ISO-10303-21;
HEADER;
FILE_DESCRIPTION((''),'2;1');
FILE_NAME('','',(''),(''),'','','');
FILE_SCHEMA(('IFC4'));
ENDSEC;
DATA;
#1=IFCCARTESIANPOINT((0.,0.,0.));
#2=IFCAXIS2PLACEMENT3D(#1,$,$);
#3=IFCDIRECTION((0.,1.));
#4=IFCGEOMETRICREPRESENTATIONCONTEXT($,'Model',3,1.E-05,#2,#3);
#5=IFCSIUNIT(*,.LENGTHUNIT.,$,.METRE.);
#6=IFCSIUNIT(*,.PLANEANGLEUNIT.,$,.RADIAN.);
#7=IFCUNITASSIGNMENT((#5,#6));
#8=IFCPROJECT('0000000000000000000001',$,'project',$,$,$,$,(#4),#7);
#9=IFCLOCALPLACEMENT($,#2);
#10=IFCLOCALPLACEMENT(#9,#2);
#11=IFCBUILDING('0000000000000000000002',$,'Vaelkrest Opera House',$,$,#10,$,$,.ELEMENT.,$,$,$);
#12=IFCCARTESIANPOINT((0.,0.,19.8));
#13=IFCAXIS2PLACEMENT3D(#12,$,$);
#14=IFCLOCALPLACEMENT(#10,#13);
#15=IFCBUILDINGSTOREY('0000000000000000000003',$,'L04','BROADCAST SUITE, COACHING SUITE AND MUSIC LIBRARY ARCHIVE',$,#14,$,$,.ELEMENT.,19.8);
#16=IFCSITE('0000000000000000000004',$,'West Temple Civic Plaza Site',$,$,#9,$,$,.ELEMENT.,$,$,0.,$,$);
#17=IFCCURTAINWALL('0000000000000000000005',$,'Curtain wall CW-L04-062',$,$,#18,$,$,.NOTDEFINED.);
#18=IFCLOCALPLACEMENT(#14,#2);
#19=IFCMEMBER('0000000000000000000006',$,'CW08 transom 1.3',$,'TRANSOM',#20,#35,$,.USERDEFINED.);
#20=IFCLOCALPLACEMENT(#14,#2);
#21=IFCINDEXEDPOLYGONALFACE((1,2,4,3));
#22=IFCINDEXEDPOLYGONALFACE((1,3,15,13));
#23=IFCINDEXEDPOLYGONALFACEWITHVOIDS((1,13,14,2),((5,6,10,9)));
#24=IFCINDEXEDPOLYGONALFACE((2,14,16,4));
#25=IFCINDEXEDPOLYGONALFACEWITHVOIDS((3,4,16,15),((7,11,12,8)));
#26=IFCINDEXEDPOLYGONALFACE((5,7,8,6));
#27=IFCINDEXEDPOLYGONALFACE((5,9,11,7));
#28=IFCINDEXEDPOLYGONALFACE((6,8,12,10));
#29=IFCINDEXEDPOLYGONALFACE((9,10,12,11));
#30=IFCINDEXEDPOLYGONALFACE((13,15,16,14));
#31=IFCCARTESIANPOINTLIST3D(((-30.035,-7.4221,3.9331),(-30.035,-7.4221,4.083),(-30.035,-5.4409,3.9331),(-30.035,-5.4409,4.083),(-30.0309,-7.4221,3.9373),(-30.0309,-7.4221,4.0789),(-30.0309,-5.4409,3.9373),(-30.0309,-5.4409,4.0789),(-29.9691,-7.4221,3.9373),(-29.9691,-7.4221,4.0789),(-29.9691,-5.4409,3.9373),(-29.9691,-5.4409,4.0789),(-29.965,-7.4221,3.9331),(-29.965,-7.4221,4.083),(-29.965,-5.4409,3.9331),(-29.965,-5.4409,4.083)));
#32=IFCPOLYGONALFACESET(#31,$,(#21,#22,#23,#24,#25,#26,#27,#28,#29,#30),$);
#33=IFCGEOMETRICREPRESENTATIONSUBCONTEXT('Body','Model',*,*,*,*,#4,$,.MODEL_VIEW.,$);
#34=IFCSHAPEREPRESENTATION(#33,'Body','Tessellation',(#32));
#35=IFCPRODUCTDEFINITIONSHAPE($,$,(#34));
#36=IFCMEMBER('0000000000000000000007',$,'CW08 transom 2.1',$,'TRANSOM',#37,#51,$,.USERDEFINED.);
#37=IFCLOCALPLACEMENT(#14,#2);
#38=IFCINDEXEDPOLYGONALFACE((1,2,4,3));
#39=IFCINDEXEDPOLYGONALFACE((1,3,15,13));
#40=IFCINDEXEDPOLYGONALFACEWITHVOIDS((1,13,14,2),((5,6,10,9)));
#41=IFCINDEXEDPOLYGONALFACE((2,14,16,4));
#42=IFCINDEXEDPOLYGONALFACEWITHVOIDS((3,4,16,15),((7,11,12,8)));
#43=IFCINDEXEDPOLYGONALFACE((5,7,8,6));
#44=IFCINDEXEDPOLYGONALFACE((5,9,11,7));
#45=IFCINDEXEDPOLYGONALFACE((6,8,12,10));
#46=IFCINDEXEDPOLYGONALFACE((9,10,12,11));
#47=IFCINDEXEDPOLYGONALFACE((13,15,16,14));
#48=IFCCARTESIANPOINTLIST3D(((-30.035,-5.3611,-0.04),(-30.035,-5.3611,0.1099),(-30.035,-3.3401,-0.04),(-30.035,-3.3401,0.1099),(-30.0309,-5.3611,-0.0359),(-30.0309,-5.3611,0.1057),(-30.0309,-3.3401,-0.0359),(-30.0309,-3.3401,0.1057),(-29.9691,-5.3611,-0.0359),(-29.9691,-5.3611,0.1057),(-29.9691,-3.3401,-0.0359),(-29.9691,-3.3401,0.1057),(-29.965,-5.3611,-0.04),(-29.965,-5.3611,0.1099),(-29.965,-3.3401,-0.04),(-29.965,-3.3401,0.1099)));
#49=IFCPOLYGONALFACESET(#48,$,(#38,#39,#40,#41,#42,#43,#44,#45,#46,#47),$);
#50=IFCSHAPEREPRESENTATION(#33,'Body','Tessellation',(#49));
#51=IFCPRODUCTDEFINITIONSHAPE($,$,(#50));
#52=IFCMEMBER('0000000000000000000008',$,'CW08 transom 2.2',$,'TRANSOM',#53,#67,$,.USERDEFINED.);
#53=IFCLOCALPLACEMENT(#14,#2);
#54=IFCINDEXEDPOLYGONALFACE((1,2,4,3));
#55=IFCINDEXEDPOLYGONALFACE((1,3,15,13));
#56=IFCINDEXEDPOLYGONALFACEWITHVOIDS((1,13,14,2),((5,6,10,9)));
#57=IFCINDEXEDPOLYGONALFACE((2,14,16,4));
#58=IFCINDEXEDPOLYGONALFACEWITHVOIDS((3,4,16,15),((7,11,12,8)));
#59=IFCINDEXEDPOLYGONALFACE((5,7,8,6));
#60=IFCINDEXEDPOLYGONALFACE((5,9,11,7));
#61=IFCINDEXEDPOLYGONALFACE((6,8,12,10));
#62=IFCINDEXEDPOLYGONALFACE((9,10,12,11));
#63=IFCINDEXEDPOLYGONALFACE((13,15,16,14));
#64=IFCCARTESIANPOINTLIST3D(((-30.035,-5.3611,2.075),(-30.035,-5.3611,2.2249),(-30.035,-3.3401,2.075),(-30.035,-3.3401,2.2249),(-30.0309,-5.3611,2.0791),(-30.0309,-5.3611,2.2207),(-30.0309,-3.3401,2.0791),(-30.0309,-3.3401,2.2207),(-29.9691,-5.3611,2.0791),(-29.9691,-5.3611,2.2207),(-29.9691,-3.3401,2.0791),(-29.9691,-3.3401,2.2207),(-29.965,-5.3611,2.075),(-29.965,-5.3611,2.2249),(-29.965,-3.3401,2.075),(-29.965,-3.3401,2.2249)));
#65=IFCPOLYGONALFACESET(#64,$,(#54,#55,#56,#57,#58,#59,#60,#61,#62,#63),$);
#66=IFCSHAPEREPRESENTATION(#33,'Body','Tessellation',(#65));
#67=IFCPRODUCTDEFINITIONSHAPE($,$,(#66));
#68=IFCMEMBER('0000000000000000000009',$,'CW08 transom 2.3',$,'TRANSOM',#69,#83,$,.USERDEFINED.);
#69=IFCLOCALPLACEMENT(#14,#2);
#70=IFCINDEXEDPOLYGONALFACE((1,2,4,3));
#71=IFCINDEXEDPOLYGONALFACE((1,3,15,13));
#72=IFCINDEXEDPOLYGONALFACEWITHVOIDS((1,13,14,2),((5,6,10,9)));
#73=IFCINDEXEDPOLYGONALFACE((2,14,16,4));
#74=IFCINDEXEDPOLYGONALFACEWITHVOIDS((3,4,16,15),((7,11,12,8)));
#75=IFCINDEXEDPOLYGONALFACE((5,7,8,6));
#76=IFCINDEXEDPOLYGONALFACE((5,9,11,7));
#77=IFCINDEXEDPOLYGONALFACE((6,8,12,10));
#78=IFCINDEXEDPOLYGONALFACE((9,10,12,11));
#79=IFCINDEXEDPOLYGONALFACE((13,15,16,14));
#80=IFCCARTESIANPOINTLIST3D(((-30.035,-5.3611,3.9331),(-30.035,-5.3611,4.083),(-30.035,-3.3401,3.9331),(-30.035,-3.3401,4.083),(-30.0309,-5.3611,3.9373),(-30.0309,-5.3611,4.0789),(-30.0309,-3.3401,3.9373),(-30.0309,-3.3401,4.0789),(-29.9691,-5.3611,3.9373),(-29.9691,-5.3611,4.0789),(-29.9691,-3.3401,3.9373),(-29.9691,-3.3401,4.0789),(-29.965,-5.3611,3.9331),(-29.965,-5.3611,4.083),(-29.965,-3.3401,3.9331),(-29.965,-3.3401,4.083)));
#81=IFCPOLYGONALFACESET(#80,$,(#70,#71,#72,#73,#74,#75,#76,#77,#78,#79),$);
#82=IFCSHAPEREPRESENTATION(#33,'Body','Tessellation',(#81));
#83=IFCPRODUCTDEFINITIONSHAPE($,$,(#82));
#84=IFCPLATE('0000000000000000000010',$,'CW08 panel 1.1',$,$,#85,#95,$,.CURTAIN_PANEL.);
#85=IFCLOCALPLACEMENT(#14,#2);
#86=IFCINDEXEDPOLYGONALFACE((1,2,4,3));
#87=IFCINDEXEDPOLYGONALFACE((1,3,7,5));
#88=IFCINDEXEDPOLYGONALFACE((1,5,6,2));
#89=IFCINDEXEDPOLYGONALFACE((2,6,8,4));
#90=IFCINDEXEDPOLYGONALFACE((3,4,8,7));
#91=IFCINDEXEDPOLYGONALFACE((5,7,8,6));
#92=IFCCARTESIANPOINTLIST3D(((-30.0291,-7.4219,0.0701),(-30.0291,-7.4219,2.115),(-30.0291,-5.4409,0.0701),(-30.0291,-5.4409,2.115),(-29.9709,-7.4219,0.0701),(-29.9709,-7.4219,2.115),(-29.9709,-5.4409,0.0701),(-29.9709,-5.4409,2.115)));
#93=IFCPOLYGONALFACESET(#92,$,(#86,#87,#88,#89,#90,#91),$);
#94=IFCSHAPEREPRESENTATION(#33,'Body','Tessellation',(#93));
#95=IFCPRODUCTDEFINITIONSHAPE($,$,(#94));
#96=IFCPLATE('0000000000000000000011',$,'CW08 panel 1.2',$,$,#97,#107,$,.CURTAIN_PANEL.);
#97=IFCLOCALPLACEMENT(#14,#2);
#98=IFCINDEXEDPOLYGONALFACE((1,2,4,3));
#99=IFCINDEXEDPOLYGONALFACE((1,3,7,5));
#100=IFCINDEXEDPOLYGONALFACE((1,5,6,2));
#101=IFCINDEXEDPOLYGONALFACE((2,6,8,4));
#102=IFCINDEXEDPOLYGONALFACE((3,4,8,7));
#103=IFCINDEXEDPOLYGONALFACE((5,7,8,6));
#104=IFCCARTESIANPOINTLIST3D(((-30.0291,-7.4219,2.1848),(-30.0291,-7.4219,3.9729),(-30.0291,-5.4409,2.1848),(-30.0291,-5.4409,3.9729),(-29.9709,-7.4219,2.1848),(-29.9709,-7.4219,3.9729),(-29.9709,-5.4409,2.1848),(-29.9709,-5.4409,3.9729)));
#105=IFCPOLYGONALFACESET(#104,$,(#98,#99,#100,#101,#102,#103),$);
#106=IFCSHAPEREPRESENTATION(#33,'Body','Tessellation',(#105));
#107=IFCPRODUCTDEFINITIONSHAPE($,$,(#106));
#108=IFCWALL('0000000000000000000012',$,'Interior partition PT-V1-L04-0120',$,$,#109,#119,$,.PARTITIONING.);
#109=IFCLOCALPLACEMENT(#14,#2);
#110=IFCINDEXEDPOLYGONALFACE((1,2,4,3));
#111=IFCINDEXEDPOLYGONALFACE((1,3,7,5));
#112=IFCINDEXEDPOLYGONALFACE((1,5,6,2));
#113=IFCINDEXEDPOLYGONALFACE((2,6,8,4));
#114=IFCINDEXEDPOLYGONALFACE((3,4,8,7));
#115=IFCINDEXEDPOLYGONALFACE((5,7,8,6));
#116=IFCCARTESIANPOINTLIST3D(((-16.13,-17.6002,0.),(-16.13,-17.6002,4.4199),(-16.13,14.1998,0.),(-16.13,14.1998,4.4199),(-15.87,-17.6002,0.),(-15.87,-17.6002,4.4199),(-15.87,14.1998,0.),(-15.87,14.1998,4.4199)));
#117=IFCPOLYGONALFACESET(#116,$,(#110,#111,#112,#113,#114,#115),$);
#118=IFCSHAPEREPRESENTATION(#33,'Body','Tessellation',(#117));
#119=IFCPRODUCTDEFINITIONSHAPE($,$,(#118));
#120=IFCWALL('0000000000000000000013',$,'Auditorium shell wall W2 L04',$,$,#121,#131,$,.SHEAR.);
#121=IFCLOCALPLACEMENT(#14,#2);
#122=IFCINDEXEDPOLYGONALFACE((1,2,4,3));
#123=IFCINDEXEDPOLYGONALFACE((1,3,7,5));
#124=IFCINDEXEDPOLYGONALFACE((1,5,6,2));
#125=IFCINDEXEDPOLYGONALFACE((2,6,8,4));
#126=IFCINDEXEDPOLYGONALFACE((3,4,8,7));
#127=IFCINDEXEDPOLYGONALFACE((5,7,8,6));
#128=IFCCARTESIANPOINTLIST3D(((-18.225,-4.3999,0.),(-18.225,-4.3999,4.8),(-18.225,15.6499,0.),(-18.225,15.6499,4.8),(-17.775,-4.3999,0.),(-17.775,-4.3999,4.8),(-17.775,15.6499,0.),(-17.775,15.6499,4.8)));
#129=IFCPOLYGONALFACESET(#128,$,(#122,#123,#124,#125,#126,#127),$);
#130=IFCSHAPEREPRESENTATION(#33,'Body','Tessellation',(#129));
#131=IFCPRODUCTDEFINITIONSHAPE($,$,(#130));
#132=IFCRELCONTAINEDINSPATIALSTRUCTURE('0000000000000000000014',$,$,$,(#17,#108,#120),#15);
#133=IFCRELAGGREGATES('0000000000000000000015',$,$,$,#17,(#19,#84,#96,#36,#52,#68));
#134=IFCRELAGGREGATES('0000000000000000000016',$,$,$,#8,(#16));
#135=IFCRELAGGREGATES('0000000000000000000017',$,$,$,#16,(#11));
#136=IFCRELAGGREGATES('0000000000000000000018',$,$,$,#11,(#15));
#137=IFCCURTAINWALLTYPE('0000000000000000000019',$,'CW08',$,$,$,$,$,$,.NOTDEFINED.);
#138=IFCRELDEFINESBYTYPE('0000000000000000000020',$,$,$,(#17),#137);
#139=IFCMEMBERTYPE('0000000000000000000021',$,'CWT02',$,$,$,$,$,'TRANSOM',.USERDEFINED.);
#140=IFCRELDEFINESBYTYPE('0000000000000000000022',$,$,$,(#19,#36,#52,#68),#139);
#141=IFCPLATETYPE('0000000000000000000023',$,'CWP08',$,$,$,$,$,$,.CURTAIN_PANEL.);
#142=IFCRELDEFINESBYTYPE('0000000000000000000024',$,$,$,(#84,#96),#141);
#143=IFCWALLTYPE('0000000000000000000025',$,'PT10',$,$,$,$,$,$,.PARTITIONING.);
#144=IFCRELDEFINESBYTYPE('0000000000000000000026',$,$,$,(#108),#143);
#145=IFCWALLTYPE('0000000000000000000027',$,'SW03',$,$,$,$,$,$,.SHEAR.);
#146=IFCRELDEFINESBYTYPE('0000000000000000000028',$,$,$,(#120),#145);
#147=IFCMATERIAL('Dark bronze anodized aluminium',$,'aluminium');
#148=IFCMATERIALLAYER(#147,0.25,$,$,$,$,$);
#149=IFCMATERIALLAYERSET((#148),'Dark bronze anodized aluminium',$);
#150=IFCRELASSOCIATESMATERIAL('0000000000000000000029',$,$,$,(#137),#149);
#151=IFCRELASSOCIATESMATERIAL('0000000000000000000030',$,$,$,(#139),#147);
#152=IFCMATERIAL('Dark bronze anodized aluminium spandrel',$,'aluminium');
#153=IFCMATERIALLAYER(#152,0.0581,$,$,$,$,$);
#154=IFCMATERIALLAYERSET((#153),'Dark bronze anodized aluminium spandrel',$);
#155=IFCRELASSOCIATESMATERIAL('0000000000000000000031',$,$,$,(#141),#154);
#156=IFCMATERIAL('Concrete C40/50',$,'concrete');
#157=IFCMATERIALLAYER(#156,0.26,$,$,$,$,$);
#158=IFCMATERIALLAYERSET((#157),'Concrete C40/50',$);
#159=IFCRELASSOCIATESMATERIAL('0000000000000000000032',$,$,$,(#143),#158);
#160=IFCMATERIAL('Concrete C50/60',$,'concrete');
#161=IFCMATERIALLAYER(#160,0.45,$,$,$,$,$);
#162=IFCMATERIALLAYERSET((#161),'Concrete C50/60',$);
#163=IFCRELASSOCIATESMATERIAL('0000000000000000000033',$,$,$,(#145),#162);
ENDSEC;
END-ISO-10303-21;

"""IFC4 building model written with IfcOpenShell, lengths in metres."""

from ifc_helpers import new_model, si_unit, direction, frame, frame_2d, origin, origin_2d, place, context, subcontext, project, spatial, rectangle, hollow_rectangle, extrude, material, layer, layer_set, material_profile, profile_set, type_object, element, aggregate, save


model = new_model("IFC4")

# Units and contexts
model_context = context("Model", 3, precision=1e-05, world=origin(), true_north=direction((0.0, 1.0)))
body_context = subcontext(model_context, "Body", "Model", "MODEL_VIEW")
ifc_project = project(units=[si_unit("LENGTHUNIT", "METRE"), si_unit("PLANEANGLEUNIT", "RADIAN")], contexts=[model_context])

# Site, building, storey
site_placement = place(None, origin())
site = spatial("IfcSite", under=ifc_project, at=site_placement, Name="West Temple Civic Plaza Site", CompositionType="ELEMENT", RefElevation=0.0)
building_placement = place(site_placement, origin())
building = spatial("IfcBuilding", under=site, at=building_placement, Name="Vaelkrest Opera House", CompositionType="ELEMENT")
storey_placement = place(building_placement, frame((0.0, 0.0, 19.8)))
storey = spatial("IfcBuildingStorey", under=building, at=storey_placement, Name="L04", Description="BROADCAST SUITE, COACHING SUITE AND MUSIC LIBRARY ARCHIVE", CompositionType="ELEMENT", Elevation=19.8)

# Shared definitions
ifc_material_1 = material(Name="Concrete C50/60", Category="concrete")

# Curtain wall, members, plates
ifc_material_2 = material(Name="Dark bronze anodized aluminium", Category="aluminium")
ifc_layer_1 = layer(ifc_material_2, 0.25)
ifc_layer_set_1 = layer_set([ifc_layer_1], Name="Dark bronze anodized aluminium")
curtain_wall_type = type_object("IfcCurtainWallType", Name="CW08", PredefinedType="NOTDEFINED", material=ifc_layer_set_1)
curtain_wall_placement = place(storey_placement, origin())
curtain_wall = element("IfcCurtainWall", 1, at=curtain_wall_placement, inside=storey, type_object=curtain_wall_type, Name="Curtain wall CW-L04-062", PredefinedType="NOTDEFINED")
ifc_material_profile_1 = material_profile(ifc_material_2, hollow_rectangle(XDim=0.0701, YDim=0.1499, WallThickness=0.0042, at=origin_2d()), Name="CWT70X150")
ifc_profile_set_1 = profile_set([ifc_material_profile_1], Name="Dark bronze anodized aluminium")
member_type_1 = type_object("IfcMemberType", Name="CWT02", ElementType="TRANSOM", PredefinedType="USERDEFINED", material=ifc_profile_set_1)
member_1_placement = place(storey_placement, frame((-30.0, -7.4221, 4.0081), z_axis=(0.0, 1.0, 0.0), x_axis=(-1.0, 0.0, 0.0)))
member_1 = element("IfcMember", 2, at=member_1_placement, type_object=member_type_1, Name="CW08 transom 1.3", ObjectType="TRANSOM", PredefinedType="USERDEFINED", context=body_context, shape_type="SweptSolid", body=[
    extrude(hollow_rectangle(XDim=0.0701, YDim=0.1499, WallThickness=0.0042, at=origin_2d()), origin(), (0.0, 0.0, 1.0), 1.9812),
])
member_2_placement = place(storey_placement, frame((-30.0, -5.3611, 0.0349), z_axis=(0.0, 1.0, 0.0), x_axis=(-1.0, 0.0, 0.0)))
member_2 = element("IfcMember", 3, at=member_2_placement, type_object=member_type_1, Name="CW08 transom 2.1", ObjectType="TRANSOM", PredefinedType="USERDEFINED", context=body_context, shape_type="SweptSolid", body=[
    extrude(hollow_rectangle(XDim=0.0701, YDim=0.1499, WallThickness=0.0042, at=origin_2d()), origin(), (0.0, 0.0, 1.0), 2.021),
])
member_3_placement = place(storey_placement, frame((-30.0, -5.3611, 2.1499), z_axis=(0.0, 1.0, 0.0), x_axis=(-1.0, 0.0, 0.0)))
member_3 = element("IfcMember", 4, at=member_3_placement, type_object=member_type_1, Name="CW08 transom 2.2", ObjectType="TRANSOM", PredefinedType="USERDEFINED", context=body_context, shape_type="SweptSolid", body=[
    extrude(hollow_rectangle(XDim=0.0701, YDim=0.1499, WallThickness=0.0042, at=origin_2d()), origin(), (0.0, 0.0, 1.0), 2.021),
])
member_4_placement = place(storey_placement, frame((-30.0, -5.3611, 4.0081), z_axis=(0.0, 1.0, 0.0), x_axis=(-1.0, 0.0, 0.0)))
member_4 = element("IfcMember", 5, at=member_4_placement, type_object=member_type_1, Name="CW08 transom 2.3", ObjectType="TRANSOM", PredefinedType="USERDEFINED", context=body_context, shape_type="SweptSolid", body=[
    extrude(hollow_rectangle(XDim=0.0701, YDim=0.1499, WallThickness=0.0042, at=origin_2d()), origin(), (0.0, 0.0, 1.0), 2.021),
])
ifc_material_3 = material(Name="Dark bronze anodized aluminium spandrel", Category="aluminium")
ifc_layer_2 = layer(ifc_material_3, 0.0581)
ifc_layer_set_2 = layer_set([ifc_layer_2], Name="Dark bronze anodized aluminium spandrel")
plate_type = type_object("IfcPlateType", Name="CWP08", PredefinedType="CURTAIN_PANEL", material=ifc_layer_set_2)
plate_1_placement = place(storey_placement, frame((-30.0, -6.4314, 0.0701), z_axis=(0.0, 0.0, 1.0), x_axis=(0.0, 1.0, 0.0)))
plate_1 = element("IfcPlate", 6, at=plate_1_placement, type_object=plate_type, Name="CW08 panel 1.1", PredefinedType="CURTAIN_PANEL", context=body_context, shape_type="SweptSolid", body=[
    extrude(rectangle(XDim=1.981, YDim=0.0581, at=origin_2d()), origin(), (0.0, 0.0, 1.0), 2.0449),
])
plate_2_placement = place(storey_placement, frame((-30.0, -6.4314, 2.1848), z_axis=(0.0, 0.0, 1.0), x_axis=(0.0, 1.0, 0.0)))
plate_2 = element("IfcPlate", 7, at=plate_2_placement, type_object=plate_type, Name="CW08 panel 1.2", PredefinedType="CURTAIN_PANEL", context=body_context, shape_type="SweptSolid", body=[
    extrude(rectangle(XDim=1.981, YDim=0.0581, at=origin_2d()), origin(), (0.0, 0.0, 1.0), 1.7881),
])
aggregate(curtain_wall, [member_1, plate_1, plate_2, member_2, member_3, member_4])

# Walls
ifc_material_4 = material(Name="Concrete C40/50", Category="concrete")
ifc_layer_3 = layer(ifc_material_4, 0.26)
ifc_layer_set_3 = layer_set([ifc_layer_3], Name="Concrete C40/50")
wall_type_1 = type_object("IfcWallType", Name="PT10", PredefinedType="PARTITIONING", material=ifc_layer_set_3)
wall_1_placement = place(storey_placement, frame((-16.0, -17.6001, 0.0), z_axis=(0.0, 0.0, 1.0), x_axis=(0.0, 1.0, 0.0)))
element("IfcWall", 8, at=wall_1_placement, inside=storey, type_object=wall_type_1, Name="Interior partition PT-V1-L04-0120", PredefinedType="PARTITIONING", context=body_context, shape_type="SweptSolid", body=[
    extrude(rectangle(XDim=31.8, YDim=0.26, at=frame_2d((15.8999, 0.0))), origin(), (0.0, 0.0, 1.0), 4.4199),
])
ifc_layer_4 = layer(ifc_material_1, 0.45)
ifc_layer_set_4 = layer_set([ifc_layer_4], Name="Concrete C50/60")
wall_type_2 = type_object("IfcWallType", Name="SW03", PredefinedType="SHEAR", material=ifc_layer_set_4)
wall_2_placement = place(storey_placement, frame((-18.0, -4.3999, 0.0), z_axis=(0.0, 0.0, 1.0), x_axis=(0.0, 1.0, 0.0)))
element("IfcWall", 9, at=wall_2_placement, inside=storey, type_object=wall_type_2, Name="Auditorium shell wall W2 L04", PredefinedType="SHEAR", context=body_context, shape_type="SweptSolid", body=[
    extrude(rectangle(XDim=20.0498, YDim=0.45, at=frame_2d((10.0249, 0.0))), origin(), (0.0, 0.0, 1.0), 4.8),
])

save(model, "model.ifc")
